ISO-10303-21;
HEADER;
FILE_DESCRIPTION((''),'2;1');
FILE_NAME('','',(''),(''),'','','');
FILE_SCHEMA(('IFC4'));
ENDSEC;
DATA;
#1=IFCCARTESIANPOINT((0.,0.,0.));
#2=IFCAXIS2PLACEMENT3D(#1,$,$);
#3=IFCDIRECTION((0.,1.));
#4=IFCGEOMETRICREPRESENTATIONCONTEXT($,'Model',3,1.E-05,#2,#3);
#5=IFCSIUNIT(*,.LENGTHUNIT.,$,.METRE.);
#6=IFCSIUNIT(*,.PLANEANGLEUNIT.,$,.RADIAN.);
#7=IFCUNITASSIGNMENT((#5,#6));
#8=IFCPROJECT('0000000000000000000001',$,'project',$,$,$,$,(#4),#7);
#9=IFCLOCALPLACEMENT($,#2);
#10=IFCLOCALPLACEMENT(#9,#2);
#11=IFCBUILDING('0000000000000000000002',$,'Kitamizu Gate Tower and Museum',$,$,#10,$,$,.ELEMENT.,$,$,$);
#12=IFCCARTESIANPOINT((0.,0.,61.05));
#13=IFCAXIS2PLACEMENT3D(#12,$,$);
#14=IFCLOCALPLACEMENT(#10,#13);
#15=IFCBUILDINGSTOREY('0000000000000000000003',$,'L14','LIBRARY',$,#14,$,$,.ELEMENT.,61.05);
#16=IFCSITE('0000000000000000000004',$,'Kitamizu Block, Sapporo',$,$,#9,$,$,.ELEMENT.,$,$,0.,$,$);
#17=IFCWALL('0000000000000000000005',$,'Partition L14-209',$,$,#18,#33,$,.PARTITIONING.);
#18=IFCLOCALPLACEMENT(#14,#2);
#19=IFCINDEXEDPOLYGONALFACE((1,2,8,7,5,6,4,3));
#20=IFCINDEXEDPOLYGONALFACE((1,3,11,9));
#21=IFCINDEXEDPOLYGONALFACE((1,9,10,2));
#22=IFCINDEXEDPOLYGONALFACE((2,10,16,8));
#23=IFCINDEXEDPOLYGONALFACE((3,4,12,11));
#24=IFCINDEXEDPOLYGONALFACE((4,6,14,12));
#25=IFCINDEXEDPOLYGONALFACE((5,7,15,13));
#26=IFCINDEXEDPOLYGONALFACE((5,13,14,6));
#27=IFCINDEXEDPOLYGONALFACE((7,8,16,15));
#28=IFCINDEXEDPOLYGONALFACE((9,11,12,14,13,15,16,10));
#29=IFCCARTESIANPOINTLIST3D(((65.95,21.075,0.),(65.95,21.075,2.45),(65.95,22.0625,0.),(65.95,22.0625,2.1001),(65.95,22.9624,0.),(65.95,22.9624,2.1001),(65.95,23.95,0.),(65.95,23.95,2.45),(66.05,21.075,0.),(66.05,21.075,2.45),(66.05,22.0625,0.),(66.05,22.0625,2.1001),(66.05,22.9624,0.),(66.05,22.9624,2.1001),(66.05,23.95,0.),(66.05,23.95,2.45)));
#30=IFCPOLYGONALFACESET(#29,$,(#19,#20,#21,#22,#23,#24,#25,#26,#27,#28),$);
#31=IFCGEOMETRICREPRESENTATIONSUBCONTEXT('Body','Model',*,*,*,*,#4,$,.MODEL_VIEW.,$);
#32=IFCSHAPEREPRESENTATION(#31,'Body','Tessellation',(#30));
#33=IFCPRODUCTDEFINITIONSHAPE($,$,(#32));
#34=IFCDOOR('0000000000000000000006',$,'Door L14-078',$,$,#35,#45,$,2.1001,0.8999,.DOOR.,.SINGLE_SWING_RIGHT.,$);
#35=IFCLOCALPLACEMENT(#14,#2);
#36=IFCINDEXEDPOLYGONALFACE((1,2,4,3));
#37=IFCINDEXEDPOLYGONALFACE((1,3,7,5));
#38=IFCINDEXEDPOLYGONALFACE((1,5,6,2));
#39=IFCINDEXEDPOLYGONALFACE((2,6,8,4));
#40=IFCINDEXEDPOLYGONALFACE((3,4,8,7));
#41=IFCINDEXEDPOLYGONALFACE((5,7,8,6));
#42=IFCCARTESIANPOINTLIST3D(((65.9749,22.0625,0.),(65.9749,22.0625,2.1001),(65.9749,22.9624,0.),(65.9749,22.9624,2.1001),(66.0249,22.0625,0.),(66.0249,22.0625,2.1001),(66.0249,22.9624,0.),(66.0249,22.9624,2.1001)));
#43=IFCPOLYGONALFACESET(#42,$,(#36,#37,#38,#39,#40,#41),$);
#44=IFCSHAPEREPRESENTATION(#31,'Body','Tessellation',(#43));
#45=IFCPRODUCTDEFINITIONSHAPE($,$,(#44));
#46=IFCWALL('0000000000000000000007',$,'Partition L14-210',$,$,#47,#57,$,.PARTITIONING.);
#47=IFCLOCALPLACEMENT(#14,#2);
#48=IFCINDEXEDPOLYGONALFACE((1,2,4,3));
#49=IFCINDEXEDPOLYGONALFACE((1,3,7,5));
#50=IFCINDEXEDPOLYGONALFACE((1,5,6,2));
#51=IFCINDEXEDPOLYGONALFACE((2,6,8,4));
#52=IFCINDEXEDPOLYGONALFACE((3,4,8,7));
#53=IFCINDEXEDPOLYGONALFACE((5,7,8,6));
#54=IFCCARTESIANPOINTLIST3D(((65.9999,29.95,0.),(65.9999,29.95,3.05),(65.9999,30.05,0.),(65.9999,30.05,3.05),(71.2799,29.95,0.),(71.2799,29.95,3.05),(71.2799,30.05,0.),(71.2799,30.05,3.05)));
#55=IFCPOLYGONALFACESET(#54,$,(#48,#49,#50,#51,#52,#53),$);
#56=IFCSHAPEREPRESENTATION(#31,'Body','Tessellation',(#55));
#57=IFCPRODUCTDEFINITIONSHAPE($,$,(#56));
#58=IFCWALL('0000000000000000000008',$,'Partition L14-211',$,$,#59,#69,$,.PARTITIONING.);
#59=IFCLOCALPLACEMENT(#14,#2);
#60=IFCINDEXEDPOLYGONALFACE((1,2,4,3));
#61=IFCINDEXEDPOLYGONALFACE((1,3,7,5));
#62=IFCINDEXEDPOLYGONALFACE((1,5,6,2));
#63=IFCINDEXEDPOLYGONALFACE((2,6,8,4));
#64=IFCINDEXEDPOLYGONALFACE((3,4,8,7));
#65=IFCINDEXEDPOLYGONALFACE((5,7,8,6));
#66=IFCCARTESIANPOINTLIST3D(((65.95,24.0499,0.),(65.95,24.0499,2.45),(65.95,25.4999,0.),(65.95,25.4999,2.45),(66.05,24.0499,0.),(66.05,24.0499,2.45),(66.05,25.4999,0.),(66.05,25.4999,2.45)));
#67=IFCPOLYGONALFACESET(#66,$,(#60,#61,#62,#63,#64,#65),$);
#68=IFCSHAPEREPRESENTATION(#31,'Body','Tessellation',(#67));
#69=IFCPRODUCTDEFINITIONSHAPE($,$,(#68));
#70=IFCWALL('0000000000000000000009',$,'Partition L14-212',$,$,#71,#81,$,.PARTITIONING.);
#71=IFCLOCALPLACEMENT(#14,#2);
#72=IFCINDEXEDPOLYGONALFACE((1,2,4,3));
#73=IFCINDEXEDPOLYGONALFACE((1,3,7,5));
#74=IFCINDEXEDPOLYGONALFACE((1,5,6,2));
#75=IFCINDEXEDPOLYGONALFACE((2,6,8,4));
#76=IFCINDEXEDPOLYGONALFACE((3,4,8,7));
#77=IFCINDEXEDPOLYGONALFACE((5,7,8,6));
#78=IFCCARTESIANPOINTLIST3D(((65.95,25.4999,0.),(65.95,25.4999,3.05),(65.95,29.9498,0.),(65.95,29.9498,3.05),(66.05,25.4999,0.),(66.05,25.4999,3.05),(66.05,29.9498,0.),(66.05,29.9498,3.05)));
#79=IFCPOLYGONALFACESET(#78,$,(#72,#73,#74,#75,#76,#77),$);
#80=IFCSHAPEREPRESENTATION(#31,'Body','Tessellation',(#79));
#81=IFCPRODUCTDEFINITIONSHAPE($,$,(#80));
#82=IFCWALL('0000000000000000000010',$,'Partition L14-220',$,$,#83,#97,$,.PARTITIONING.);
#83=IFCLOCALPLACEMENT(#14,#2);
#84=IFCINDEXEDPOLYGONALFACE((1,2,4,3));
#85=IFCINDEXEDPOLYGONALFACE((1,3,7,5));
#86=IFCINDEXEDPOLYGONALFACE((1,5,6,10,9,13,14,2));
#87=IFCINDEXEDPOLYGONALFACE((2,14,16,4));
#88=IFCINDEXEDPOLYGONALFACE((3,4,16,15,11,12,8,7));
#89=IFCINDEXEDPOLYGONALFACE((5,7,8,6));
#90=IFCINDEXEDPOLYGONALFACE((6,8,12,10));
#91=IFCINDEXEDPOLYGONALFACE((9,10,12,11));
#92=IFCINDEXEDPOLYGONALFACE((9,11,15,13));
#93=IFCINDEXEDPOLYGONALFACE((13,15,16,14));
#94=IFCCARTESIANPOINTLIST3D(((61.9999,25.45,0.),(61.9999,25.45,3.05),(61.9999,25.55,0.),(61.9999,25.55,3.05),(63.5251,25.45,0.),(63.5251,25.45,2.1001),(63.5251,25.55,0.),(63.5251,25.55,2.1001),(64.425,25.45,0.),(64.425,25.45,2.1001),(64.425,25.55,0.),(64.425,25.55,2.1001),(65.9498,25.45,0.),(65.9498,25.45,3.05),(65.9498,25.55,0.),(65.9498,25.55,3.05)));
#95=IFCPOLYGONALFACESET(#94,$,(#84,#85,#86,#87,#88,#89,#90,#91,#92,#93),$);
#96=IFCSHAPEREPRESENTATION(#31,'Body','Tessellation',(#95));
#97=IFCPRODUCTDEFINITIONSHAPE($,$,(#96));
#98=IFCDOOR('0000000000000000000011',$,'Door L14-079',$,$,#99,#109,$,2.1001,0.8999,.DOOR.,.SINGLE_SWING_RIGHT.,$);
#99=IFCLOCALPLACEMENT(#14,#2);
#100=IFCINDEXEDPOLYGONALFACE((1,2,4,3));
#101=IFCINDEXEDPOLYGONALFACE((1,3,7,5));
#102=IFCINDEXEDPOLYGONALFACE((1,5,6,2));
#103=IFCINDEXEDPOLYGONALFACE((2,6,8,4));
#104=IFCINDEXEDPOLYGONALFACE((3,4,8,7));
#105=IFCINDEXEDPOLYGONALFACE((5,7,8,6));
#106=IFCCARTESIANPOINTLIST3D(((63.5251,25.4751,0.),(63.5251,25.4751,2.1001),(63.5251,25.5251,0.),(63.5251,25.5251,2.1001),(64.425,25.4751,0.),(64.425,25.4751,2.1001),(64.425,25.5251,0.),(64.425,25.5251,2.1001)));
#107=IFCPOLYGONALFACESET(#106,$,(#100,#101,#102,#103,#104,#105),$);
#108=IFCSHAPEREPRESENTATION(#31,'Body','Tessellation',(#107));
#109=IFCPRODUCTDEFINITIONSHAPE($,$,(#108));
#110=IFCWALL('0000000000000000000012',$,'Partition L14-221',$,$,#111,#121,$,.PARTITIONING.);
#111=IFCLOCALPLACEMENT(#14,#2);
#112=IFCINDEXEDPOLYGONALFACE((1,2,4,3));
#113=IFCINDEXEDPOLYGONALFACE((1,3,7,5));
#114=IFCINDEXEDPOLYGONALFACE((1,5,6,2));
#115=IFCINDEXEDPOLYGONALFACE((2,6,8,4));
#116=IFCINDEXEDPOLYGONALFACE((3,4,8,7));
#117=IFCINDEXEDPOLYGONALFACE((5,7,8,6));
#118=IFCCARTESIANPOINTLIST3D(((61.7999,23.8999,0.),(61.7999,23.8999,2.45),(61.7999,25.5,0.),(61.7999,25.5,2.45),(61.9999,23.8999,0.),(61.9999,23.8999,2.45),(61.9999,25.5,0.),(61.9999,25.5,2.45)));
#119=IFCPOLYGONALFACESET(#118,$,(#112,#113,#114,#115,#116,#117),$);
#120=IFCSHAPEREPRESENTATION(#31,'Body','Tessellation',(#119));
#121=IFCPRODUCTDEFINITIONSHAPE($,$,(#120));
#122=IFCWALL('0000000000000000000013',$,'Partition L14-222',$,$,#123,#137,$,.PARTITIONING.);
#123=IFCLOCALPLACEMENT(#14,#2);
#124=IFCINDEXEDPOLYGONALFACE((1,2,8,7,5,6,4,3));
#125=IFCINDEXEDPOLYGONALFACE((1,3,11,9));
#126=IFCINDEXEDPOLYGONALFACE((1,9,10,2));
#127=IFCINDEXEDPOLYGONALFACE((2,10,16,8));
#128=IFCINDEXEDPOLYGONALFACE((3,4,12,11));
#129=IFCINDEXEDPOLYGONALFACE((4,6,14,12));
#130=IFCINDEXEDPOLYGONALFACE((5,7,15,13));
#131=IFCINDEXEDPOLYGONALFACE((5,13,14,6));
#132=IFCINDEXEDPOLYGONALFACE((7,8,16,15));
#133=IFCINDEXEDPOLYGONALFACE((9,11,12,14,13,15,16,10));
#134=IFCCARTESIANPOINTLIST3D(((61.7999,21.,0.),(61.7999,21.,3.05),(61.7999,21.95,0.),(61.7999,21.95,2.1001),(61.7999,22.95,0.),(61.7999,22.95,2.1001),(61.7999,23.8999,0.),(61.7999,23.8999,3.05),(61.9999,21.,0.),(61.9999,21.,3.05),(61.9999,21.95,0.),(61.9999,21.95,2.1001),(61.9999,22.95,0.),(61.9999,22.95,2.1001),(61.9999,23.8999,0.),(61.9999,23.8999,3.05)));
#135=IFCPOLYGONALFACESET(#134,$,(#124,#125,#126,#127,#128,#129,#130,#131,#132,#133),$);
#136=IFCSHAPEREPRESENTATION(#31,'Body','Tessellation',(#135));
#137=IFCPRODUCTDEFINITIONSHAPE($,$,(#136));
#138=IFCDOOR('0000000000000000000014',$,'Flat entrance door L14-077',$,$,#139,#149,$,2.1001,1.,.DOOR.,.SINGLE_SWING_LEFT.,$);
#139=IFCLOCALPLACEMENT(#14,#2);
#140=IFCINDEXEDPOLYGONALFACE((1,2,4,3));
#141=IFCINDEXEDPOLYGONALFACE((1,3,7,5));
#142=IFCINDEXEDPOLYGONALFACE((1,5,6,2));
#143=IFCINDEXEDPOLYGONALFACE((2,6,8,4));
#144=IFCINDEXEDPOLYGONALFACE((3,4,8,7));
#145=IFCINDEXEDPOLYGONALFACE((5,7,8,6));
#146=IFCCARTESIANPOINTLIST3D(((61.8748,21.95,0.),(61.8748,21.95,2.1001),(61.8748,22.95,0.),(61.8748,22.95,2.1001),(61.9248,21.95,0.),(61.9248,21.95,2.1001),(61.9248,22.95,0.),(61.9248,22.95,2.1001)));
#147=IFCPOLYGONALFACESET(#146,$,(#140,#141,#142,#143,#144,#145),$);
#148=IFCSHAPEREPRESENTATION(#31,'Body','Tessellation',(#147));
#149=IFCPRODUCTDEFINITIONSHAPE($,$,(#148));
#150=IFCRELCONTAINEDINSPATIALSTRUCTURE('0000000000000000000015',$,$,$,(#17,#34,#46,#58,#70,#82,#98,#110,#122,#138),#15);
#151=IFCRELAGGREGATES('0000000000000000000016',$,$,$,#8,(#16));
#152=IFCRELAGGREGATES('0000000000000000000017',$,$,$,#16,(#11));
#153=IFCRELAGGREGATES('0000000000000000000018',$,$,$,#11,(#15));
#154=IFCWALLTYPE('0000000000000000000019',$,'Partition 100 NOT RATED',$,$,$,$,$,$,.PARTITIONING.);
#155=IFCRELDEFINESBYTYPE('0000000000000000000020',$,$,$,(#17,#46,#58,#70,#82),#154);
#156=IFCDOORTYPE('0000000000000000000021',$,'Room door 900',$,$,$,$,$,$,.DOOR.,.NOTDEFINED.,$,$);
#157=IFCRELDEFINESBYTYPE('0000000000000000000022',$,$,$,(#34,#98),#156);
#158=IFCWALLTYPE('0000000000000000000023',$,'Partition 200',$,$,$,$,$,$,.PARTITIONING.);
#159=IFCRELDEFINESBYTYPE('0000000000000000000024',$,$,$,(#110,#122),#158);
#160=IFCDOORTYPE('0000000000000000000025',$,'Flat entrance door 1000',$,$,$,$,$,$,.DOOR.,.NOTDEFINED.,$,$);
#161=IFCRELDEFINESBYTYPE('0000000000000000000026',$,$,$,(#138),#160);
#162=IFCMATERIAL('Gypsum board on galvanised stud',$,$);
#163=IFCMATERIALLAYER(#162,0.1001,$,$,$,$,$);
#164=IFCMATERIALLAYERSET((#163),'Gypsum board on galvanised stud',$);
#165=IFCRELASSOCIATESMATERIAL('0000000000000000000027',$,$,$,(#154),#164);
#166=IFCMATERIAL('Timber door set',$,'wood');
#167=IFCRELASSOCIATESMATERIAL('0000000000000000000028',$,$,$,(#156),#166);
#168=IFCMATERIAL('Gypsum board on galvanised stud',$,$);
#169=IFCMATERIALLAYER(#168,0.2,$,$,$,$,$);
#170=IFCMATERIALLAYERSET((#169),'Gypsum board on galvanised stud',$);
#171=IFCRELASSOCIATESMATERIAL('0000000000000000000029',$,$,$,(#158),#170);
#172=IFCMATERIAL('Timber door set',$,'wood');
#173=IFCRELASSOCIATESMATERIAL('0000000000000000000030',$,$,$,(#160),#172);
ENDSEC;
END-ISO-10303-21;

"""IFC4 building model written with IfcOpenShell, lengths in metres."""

from ifc_helpers import new_model, si_unit, direction, frame, frame_2d, origin, place, context, subcontext, project, spatial, rectangle, extrude, material, layer, layer_set, type_object, element, fill, save


model = new_model("IFC4")

# Units and contexts
model_context = context("Model", 3, precision=1e-05, world=origin(), true_north=direction((0.0, 1.0)))
body_context = subcontext(model_context, "Body", "Model", "MODEL_VIEW")
ifc_project = project(units=[si_unit("LENGTHUNIT", "METRE"), si_unit("PLANEANGLEUNIT", "RADIAN")], contexts=[model_context])

# Site, building, storey
site_placement = place(None, origin())
site = spatial("IfcSite", under=ifc_project, at=site_placement, Name="Kitamizu Block, Sapporo", CompositionType="ELEMENT", RefElevation=0.0)
building_placement = place(site_placement, origin())
building = spatial("IfcBuilding", under=site, at=building_placement, Name="Kitamizu Gate Tower and Museum", CompositionType="ELEMENT")
storey_placement = place(building_placement, frame((0.0, 0.0, 61.05)))
storey = spatial("IfcBuildingStorey", under=building, at=storey_placement, Name="L14", Description="LIBRARY", CompositionType="ELEMENT", Elevation=61.05)

# Wall, opening, door
ifc_material_1 = material(Name="Gypsum board on galvanised stud")
ifc_layer_1 = layer(ifc_material_1, 0.1001)
ifc_layer_set_1 = layer_set([ifc_layer_1], Name="Gypsum board on galvanised stud")
wall_type_1 = type_object("IfcWallType", Name="Partition 100 NOT RATED", PredefinedType="PARTITIONING", material=ifc_layer_set_1)
ifc_material_2 = material(Name="Timber door set", Category="wood")
door_type_1 = type_object("IfcDoorType", Name="Room door 900", OperationType="NOTDEFINED", PredefinedType="DOOR", material=ifc_material_2)
wall_1_placement = place(storey_placement, frame((66.0, 23.95, 0.0), z_axis=(0.0, 0.0, 1.0), x_axis=(0.0, -1.0, 0.0)))
wall_1 = element("IfcWall", 1, at=wall_1_placement, inside=storey, type_object=wall_type_1, Name="Partition L14-209", PredefinedType="PARTITIONING", context=body_context, shape_type="SweptSolid", body=[
    extrude(rectangle(XDim=2.875, YDim=0.1001, at=frame_2d((1.4375, 0.0))), origin(), (0.0, 0.0, 1.0), 2.45),
])
opening_1_placement = place(wall_1_placement, frame((0.9875, 0.0, 0.0)))
opening_1 = element("IfcOpeningElement", 2, at=opening_1_placement, cuts=wall_1, PredefinedType="OPENING", context=body_context, shape_type="SweptSolid", body=[
    extrude(rectangle(XDim=0.8999, YDim=2.1001, at=frame_2d((0.45, 1.05))), frame((0.0, 0.0601, 0.0), z_axis=(0.0, -1.0, 0.0), x_axis=(1.0, 0.0, 0.0)), (0.0, 0.0, 1.0), 0.1201),
])
door_1_placement = place(opening_1_placement, origin())
door_1 = element("IfcDoor", 3, at=door_1_placement, inside=storey, type_object=door_type_1, Name="Door L14-078", OperationType="SINGLE_SWING_RIGHT", OverallHeight=2.1001, OverallWidth=0.8999, PredefinedType="DOOR", context=body_context, shape_type="SweptSolid", body=[
    extrude(rectangle(XDim=0.8999, YDim=2.1001, at=frame_2d((0.45, 1.05))), frame((0.0, 0.0249, 0.0), z_axis=(0.0, -1.0, 0.0), x_axis=(1.0, 0.0, 0.0)), (0.0, 0.0, 1.0), 0.05),
])
fill(opening_1, door_1)

# Walls
wall_2_placement = place(storey_placement, frame((71.28, 30.0, 0.0), z_axis=(0.0, 0.0, 1.0), x_axis=(-1.0, 0.0, 0.0)))
element("IfcWall", 4, at=wall_2_placement, inside=storey, type_object=wall_type_1, Name="Partition L14-210", PredefinedType="PARTITIONING", context=body_context, shape_type="SweptSolid", body=[
    extrude(rectangle(XDim=5.28, YDim=0.1001, at=frame_2d((2.6401, 0.0))), origin(), (0.0, 0.0, 1.0), 3.05),
])
wall_3_placement = place(storey_placement, frame((66.0, 25.5, 0.0), z_axis=(0.0, 0.0, 1.0), x_axis=(0.0, -1.0, 0.0)))
element("IfcWall", 5, at=wall_3_placement, inside=storey, type_object=wall_type_1, Name="Partition L14-211", PredefinedType="PARTITIONING", context=body_context, shape_type="SweptSolid", body=[
    extrude(rectangle(XDim=1.45, YDim=0.1001, at=frame_2d((0.7251, 0.0))), origin(), (0.0, 0.0, 1.0), 2.45),
])
wall_4_placement = place(storey_placement, frame((66.0, 29.95, 0.0), z_axis=(0.0, 0.0, 1.0), x_axis=(0.0, -1.0, 0.0)))
element("IfcWall", 6, at=wall_4_placement, inside=storey, type_object=wall_type_1, Name="Partition L14-212", PredefinedType="PARTITIONING", context=body_context, shape_type="SweptSolid", body=[
    extrude(rectangle(XDim=4.45, YDim=0.1001, at=frame_2d((2.2251, 0.0))), origin(), (0.0, 0.0, 1.0), 3.05),
])

# Wall, opening, door
wall_5_placement = place(storey_placement, frame((65.95, 25.5, 0.0), z_axis=(0.0, 0.0, 1.0), x_axis=(-1.0, 0.0, 0.0)))
wall_5 = element("IfcWall", 7, at=wall_5_placement, inside=storey, type_object=wall_type_1, Name="Partition L14-220", PredefinedType="PARTITIONING", context=body_context, shape_type="SweptSolid", body=[
    extrude(rectangle(XDim=3.95, YDim=0.1001, at=frame_2d((1.9751, 0.0))), origin(), (0.0, 0.0, 1.0), 3.05),
])
opening_2_placement = place(wall_5_placement, frame((1.5249, 0.0, 0.0)))
opening_2 = element("IfcOpeningElement", 8, at=opening_2_placement, cuts=wall_5, PredefinedType="OPENING", context=body_context, shape_type="SweptSolid", body=[
    extrude(rectangle(XDim=0.8999, YDim=2.1001, at=frame_2d((0.45, 1.05))), frame((0.0, 0.0601, 0.0), z_axis=(0.0, -1.0, 0.0), x_axis=(1.0, 0.0, 0.0)), (0.0, 0.0, 1.0), 0.1201),
])
door_2_placement = place(opening_2_placement, origin())
door_2 = element("IfcDoor", 9, at=door_2_placement, inside=storey, type_object=door_type_1, Name="Door L14-079", OperationType="SINGLE_SWING_RIGHT", OverallHeight=2.1001, OverallWidth=0.8999, PredefinedType="DOOR", context=body_context, shape_type="SweptSolid", body=[
    extrude(rectangle(XDim=0.8999, YDim=2.1001, at=frame_2d((0.45, 1.05))), frame((0.0, 0.0249, 0.0), z_axis=(0.0, -1.0, 0.0), x_axis=(1.0, 0.0, 0.0)), (0.0, 0.0, 1.0), 0.05),
])
fill(opening_2, door_2)

# Wall
ifc_material_3 = material(Name="Gypsum board on galvanised stud")
ifc_layer_2 = layer(ifc_material_3, 0.2)
ifc_layer_set_2 = layer_set([ifc_layer_2], Name="Gypsum board on galvanised stud")
wall_type_2 = type_object("IfcWallType", Name="Partition 200", PredefinedType="PARTITIONING", material=ifc_layer_set_2)
wall_6_placement = place(storey_placement, frame((61.8999, 25.5, 0.0), z_axis=(0.0, 0.0, 1.0), x_axis=(0.0, -1.0, 0.0)))
element("IfcWall", 10, at=wall_6_placement, inside=storey, type_object=wall_type_2, Name="Partition L14-221", PredefinedType="PARTITIONING", context=body_context, shape_type="SweptSolid", body=[
    extrude(rectangle(XDim=1.6001, YDim=0.2, at=frame_2d((0.8, 0.0))), origin(), (0.0, 0.0, 1.0), 2.45),
])

# Wall, opening, door
wall_7_placement = place(storey_placement, frame((61.8999, 23.8999, 0.0), z_axis=(0.0, 0.0, 1.0), x_axis=(0.0, -1.0, 0.0)))
wall_7 = element("IfcWall", 11, at=wall_7_placement, inside=storey, type_object=wall_type_2, Name="Partition L14-222", PredefinedType="PARTITIONING", context=body_context, shape_type="SweptSolid", body=[
    extrude(rectangle(XDim=2.8999, YDim=0.2, at=frame_2d((1.45, 0.0))), origin(), (0.0, 0.0, 1.0), 3.05),
])
opening_3_placement = place(wall_7_placement, frame((0.95, 0.0, 0.0)))
opening_3 = element("IfcOpeningElement", 12, at=opening_3_placement, cuts=wall_7, PredefinedType="OPENING", context=body_context, shape_type="SweptSolid", body=[
    extrude(rectangle(XDim=1.0, YDim=2.1001, at=frame_2d((0.5, 1.05))), frame((0.0, 0.1099, 0.0), z_axis=(0.0, -1.0, 0.0), x_axis=(1.0, 0.0, 0.0)), (0.0, 0.0, 1.0), 0.22),
])
ifc_material_4 = material(Name="Timber door set", Category="wood")
door_type_2 = type_object("IfcDoorType", Name="Flat entrance door 1000", OperationType="NOTDEFINED", PredefinedType="DOOR", material=ifc_material_4)
door_3_placement = place(opening_3_placement, origin())
door_3 = element("IfcDoor", 13, at=door_3_placement, inside=storey, type_object=door_type_2, Name="Flat entrance door L14-077", OperationType="SINGLE_SWING_LEFT", OverallHeight=2.1001, OverallWidth=1.0, PredefinedType="DOOR", context=body_context, shape_type="SweptSolid", body=[
    extrude(rectangle(XDim=1.0, YDim=2.1001, at=frame_2d((0.5, 1.05))), frame((0.0, 0.0249, 0.0), z_axis=(0.0, -1.0, 0.0), x_axis=(1.0, 0.0, 0.0)), (0.0, 0.0, 1.0), 0.05),
])
fill(opening_3, door_3)

save(model, "model.ifc")
